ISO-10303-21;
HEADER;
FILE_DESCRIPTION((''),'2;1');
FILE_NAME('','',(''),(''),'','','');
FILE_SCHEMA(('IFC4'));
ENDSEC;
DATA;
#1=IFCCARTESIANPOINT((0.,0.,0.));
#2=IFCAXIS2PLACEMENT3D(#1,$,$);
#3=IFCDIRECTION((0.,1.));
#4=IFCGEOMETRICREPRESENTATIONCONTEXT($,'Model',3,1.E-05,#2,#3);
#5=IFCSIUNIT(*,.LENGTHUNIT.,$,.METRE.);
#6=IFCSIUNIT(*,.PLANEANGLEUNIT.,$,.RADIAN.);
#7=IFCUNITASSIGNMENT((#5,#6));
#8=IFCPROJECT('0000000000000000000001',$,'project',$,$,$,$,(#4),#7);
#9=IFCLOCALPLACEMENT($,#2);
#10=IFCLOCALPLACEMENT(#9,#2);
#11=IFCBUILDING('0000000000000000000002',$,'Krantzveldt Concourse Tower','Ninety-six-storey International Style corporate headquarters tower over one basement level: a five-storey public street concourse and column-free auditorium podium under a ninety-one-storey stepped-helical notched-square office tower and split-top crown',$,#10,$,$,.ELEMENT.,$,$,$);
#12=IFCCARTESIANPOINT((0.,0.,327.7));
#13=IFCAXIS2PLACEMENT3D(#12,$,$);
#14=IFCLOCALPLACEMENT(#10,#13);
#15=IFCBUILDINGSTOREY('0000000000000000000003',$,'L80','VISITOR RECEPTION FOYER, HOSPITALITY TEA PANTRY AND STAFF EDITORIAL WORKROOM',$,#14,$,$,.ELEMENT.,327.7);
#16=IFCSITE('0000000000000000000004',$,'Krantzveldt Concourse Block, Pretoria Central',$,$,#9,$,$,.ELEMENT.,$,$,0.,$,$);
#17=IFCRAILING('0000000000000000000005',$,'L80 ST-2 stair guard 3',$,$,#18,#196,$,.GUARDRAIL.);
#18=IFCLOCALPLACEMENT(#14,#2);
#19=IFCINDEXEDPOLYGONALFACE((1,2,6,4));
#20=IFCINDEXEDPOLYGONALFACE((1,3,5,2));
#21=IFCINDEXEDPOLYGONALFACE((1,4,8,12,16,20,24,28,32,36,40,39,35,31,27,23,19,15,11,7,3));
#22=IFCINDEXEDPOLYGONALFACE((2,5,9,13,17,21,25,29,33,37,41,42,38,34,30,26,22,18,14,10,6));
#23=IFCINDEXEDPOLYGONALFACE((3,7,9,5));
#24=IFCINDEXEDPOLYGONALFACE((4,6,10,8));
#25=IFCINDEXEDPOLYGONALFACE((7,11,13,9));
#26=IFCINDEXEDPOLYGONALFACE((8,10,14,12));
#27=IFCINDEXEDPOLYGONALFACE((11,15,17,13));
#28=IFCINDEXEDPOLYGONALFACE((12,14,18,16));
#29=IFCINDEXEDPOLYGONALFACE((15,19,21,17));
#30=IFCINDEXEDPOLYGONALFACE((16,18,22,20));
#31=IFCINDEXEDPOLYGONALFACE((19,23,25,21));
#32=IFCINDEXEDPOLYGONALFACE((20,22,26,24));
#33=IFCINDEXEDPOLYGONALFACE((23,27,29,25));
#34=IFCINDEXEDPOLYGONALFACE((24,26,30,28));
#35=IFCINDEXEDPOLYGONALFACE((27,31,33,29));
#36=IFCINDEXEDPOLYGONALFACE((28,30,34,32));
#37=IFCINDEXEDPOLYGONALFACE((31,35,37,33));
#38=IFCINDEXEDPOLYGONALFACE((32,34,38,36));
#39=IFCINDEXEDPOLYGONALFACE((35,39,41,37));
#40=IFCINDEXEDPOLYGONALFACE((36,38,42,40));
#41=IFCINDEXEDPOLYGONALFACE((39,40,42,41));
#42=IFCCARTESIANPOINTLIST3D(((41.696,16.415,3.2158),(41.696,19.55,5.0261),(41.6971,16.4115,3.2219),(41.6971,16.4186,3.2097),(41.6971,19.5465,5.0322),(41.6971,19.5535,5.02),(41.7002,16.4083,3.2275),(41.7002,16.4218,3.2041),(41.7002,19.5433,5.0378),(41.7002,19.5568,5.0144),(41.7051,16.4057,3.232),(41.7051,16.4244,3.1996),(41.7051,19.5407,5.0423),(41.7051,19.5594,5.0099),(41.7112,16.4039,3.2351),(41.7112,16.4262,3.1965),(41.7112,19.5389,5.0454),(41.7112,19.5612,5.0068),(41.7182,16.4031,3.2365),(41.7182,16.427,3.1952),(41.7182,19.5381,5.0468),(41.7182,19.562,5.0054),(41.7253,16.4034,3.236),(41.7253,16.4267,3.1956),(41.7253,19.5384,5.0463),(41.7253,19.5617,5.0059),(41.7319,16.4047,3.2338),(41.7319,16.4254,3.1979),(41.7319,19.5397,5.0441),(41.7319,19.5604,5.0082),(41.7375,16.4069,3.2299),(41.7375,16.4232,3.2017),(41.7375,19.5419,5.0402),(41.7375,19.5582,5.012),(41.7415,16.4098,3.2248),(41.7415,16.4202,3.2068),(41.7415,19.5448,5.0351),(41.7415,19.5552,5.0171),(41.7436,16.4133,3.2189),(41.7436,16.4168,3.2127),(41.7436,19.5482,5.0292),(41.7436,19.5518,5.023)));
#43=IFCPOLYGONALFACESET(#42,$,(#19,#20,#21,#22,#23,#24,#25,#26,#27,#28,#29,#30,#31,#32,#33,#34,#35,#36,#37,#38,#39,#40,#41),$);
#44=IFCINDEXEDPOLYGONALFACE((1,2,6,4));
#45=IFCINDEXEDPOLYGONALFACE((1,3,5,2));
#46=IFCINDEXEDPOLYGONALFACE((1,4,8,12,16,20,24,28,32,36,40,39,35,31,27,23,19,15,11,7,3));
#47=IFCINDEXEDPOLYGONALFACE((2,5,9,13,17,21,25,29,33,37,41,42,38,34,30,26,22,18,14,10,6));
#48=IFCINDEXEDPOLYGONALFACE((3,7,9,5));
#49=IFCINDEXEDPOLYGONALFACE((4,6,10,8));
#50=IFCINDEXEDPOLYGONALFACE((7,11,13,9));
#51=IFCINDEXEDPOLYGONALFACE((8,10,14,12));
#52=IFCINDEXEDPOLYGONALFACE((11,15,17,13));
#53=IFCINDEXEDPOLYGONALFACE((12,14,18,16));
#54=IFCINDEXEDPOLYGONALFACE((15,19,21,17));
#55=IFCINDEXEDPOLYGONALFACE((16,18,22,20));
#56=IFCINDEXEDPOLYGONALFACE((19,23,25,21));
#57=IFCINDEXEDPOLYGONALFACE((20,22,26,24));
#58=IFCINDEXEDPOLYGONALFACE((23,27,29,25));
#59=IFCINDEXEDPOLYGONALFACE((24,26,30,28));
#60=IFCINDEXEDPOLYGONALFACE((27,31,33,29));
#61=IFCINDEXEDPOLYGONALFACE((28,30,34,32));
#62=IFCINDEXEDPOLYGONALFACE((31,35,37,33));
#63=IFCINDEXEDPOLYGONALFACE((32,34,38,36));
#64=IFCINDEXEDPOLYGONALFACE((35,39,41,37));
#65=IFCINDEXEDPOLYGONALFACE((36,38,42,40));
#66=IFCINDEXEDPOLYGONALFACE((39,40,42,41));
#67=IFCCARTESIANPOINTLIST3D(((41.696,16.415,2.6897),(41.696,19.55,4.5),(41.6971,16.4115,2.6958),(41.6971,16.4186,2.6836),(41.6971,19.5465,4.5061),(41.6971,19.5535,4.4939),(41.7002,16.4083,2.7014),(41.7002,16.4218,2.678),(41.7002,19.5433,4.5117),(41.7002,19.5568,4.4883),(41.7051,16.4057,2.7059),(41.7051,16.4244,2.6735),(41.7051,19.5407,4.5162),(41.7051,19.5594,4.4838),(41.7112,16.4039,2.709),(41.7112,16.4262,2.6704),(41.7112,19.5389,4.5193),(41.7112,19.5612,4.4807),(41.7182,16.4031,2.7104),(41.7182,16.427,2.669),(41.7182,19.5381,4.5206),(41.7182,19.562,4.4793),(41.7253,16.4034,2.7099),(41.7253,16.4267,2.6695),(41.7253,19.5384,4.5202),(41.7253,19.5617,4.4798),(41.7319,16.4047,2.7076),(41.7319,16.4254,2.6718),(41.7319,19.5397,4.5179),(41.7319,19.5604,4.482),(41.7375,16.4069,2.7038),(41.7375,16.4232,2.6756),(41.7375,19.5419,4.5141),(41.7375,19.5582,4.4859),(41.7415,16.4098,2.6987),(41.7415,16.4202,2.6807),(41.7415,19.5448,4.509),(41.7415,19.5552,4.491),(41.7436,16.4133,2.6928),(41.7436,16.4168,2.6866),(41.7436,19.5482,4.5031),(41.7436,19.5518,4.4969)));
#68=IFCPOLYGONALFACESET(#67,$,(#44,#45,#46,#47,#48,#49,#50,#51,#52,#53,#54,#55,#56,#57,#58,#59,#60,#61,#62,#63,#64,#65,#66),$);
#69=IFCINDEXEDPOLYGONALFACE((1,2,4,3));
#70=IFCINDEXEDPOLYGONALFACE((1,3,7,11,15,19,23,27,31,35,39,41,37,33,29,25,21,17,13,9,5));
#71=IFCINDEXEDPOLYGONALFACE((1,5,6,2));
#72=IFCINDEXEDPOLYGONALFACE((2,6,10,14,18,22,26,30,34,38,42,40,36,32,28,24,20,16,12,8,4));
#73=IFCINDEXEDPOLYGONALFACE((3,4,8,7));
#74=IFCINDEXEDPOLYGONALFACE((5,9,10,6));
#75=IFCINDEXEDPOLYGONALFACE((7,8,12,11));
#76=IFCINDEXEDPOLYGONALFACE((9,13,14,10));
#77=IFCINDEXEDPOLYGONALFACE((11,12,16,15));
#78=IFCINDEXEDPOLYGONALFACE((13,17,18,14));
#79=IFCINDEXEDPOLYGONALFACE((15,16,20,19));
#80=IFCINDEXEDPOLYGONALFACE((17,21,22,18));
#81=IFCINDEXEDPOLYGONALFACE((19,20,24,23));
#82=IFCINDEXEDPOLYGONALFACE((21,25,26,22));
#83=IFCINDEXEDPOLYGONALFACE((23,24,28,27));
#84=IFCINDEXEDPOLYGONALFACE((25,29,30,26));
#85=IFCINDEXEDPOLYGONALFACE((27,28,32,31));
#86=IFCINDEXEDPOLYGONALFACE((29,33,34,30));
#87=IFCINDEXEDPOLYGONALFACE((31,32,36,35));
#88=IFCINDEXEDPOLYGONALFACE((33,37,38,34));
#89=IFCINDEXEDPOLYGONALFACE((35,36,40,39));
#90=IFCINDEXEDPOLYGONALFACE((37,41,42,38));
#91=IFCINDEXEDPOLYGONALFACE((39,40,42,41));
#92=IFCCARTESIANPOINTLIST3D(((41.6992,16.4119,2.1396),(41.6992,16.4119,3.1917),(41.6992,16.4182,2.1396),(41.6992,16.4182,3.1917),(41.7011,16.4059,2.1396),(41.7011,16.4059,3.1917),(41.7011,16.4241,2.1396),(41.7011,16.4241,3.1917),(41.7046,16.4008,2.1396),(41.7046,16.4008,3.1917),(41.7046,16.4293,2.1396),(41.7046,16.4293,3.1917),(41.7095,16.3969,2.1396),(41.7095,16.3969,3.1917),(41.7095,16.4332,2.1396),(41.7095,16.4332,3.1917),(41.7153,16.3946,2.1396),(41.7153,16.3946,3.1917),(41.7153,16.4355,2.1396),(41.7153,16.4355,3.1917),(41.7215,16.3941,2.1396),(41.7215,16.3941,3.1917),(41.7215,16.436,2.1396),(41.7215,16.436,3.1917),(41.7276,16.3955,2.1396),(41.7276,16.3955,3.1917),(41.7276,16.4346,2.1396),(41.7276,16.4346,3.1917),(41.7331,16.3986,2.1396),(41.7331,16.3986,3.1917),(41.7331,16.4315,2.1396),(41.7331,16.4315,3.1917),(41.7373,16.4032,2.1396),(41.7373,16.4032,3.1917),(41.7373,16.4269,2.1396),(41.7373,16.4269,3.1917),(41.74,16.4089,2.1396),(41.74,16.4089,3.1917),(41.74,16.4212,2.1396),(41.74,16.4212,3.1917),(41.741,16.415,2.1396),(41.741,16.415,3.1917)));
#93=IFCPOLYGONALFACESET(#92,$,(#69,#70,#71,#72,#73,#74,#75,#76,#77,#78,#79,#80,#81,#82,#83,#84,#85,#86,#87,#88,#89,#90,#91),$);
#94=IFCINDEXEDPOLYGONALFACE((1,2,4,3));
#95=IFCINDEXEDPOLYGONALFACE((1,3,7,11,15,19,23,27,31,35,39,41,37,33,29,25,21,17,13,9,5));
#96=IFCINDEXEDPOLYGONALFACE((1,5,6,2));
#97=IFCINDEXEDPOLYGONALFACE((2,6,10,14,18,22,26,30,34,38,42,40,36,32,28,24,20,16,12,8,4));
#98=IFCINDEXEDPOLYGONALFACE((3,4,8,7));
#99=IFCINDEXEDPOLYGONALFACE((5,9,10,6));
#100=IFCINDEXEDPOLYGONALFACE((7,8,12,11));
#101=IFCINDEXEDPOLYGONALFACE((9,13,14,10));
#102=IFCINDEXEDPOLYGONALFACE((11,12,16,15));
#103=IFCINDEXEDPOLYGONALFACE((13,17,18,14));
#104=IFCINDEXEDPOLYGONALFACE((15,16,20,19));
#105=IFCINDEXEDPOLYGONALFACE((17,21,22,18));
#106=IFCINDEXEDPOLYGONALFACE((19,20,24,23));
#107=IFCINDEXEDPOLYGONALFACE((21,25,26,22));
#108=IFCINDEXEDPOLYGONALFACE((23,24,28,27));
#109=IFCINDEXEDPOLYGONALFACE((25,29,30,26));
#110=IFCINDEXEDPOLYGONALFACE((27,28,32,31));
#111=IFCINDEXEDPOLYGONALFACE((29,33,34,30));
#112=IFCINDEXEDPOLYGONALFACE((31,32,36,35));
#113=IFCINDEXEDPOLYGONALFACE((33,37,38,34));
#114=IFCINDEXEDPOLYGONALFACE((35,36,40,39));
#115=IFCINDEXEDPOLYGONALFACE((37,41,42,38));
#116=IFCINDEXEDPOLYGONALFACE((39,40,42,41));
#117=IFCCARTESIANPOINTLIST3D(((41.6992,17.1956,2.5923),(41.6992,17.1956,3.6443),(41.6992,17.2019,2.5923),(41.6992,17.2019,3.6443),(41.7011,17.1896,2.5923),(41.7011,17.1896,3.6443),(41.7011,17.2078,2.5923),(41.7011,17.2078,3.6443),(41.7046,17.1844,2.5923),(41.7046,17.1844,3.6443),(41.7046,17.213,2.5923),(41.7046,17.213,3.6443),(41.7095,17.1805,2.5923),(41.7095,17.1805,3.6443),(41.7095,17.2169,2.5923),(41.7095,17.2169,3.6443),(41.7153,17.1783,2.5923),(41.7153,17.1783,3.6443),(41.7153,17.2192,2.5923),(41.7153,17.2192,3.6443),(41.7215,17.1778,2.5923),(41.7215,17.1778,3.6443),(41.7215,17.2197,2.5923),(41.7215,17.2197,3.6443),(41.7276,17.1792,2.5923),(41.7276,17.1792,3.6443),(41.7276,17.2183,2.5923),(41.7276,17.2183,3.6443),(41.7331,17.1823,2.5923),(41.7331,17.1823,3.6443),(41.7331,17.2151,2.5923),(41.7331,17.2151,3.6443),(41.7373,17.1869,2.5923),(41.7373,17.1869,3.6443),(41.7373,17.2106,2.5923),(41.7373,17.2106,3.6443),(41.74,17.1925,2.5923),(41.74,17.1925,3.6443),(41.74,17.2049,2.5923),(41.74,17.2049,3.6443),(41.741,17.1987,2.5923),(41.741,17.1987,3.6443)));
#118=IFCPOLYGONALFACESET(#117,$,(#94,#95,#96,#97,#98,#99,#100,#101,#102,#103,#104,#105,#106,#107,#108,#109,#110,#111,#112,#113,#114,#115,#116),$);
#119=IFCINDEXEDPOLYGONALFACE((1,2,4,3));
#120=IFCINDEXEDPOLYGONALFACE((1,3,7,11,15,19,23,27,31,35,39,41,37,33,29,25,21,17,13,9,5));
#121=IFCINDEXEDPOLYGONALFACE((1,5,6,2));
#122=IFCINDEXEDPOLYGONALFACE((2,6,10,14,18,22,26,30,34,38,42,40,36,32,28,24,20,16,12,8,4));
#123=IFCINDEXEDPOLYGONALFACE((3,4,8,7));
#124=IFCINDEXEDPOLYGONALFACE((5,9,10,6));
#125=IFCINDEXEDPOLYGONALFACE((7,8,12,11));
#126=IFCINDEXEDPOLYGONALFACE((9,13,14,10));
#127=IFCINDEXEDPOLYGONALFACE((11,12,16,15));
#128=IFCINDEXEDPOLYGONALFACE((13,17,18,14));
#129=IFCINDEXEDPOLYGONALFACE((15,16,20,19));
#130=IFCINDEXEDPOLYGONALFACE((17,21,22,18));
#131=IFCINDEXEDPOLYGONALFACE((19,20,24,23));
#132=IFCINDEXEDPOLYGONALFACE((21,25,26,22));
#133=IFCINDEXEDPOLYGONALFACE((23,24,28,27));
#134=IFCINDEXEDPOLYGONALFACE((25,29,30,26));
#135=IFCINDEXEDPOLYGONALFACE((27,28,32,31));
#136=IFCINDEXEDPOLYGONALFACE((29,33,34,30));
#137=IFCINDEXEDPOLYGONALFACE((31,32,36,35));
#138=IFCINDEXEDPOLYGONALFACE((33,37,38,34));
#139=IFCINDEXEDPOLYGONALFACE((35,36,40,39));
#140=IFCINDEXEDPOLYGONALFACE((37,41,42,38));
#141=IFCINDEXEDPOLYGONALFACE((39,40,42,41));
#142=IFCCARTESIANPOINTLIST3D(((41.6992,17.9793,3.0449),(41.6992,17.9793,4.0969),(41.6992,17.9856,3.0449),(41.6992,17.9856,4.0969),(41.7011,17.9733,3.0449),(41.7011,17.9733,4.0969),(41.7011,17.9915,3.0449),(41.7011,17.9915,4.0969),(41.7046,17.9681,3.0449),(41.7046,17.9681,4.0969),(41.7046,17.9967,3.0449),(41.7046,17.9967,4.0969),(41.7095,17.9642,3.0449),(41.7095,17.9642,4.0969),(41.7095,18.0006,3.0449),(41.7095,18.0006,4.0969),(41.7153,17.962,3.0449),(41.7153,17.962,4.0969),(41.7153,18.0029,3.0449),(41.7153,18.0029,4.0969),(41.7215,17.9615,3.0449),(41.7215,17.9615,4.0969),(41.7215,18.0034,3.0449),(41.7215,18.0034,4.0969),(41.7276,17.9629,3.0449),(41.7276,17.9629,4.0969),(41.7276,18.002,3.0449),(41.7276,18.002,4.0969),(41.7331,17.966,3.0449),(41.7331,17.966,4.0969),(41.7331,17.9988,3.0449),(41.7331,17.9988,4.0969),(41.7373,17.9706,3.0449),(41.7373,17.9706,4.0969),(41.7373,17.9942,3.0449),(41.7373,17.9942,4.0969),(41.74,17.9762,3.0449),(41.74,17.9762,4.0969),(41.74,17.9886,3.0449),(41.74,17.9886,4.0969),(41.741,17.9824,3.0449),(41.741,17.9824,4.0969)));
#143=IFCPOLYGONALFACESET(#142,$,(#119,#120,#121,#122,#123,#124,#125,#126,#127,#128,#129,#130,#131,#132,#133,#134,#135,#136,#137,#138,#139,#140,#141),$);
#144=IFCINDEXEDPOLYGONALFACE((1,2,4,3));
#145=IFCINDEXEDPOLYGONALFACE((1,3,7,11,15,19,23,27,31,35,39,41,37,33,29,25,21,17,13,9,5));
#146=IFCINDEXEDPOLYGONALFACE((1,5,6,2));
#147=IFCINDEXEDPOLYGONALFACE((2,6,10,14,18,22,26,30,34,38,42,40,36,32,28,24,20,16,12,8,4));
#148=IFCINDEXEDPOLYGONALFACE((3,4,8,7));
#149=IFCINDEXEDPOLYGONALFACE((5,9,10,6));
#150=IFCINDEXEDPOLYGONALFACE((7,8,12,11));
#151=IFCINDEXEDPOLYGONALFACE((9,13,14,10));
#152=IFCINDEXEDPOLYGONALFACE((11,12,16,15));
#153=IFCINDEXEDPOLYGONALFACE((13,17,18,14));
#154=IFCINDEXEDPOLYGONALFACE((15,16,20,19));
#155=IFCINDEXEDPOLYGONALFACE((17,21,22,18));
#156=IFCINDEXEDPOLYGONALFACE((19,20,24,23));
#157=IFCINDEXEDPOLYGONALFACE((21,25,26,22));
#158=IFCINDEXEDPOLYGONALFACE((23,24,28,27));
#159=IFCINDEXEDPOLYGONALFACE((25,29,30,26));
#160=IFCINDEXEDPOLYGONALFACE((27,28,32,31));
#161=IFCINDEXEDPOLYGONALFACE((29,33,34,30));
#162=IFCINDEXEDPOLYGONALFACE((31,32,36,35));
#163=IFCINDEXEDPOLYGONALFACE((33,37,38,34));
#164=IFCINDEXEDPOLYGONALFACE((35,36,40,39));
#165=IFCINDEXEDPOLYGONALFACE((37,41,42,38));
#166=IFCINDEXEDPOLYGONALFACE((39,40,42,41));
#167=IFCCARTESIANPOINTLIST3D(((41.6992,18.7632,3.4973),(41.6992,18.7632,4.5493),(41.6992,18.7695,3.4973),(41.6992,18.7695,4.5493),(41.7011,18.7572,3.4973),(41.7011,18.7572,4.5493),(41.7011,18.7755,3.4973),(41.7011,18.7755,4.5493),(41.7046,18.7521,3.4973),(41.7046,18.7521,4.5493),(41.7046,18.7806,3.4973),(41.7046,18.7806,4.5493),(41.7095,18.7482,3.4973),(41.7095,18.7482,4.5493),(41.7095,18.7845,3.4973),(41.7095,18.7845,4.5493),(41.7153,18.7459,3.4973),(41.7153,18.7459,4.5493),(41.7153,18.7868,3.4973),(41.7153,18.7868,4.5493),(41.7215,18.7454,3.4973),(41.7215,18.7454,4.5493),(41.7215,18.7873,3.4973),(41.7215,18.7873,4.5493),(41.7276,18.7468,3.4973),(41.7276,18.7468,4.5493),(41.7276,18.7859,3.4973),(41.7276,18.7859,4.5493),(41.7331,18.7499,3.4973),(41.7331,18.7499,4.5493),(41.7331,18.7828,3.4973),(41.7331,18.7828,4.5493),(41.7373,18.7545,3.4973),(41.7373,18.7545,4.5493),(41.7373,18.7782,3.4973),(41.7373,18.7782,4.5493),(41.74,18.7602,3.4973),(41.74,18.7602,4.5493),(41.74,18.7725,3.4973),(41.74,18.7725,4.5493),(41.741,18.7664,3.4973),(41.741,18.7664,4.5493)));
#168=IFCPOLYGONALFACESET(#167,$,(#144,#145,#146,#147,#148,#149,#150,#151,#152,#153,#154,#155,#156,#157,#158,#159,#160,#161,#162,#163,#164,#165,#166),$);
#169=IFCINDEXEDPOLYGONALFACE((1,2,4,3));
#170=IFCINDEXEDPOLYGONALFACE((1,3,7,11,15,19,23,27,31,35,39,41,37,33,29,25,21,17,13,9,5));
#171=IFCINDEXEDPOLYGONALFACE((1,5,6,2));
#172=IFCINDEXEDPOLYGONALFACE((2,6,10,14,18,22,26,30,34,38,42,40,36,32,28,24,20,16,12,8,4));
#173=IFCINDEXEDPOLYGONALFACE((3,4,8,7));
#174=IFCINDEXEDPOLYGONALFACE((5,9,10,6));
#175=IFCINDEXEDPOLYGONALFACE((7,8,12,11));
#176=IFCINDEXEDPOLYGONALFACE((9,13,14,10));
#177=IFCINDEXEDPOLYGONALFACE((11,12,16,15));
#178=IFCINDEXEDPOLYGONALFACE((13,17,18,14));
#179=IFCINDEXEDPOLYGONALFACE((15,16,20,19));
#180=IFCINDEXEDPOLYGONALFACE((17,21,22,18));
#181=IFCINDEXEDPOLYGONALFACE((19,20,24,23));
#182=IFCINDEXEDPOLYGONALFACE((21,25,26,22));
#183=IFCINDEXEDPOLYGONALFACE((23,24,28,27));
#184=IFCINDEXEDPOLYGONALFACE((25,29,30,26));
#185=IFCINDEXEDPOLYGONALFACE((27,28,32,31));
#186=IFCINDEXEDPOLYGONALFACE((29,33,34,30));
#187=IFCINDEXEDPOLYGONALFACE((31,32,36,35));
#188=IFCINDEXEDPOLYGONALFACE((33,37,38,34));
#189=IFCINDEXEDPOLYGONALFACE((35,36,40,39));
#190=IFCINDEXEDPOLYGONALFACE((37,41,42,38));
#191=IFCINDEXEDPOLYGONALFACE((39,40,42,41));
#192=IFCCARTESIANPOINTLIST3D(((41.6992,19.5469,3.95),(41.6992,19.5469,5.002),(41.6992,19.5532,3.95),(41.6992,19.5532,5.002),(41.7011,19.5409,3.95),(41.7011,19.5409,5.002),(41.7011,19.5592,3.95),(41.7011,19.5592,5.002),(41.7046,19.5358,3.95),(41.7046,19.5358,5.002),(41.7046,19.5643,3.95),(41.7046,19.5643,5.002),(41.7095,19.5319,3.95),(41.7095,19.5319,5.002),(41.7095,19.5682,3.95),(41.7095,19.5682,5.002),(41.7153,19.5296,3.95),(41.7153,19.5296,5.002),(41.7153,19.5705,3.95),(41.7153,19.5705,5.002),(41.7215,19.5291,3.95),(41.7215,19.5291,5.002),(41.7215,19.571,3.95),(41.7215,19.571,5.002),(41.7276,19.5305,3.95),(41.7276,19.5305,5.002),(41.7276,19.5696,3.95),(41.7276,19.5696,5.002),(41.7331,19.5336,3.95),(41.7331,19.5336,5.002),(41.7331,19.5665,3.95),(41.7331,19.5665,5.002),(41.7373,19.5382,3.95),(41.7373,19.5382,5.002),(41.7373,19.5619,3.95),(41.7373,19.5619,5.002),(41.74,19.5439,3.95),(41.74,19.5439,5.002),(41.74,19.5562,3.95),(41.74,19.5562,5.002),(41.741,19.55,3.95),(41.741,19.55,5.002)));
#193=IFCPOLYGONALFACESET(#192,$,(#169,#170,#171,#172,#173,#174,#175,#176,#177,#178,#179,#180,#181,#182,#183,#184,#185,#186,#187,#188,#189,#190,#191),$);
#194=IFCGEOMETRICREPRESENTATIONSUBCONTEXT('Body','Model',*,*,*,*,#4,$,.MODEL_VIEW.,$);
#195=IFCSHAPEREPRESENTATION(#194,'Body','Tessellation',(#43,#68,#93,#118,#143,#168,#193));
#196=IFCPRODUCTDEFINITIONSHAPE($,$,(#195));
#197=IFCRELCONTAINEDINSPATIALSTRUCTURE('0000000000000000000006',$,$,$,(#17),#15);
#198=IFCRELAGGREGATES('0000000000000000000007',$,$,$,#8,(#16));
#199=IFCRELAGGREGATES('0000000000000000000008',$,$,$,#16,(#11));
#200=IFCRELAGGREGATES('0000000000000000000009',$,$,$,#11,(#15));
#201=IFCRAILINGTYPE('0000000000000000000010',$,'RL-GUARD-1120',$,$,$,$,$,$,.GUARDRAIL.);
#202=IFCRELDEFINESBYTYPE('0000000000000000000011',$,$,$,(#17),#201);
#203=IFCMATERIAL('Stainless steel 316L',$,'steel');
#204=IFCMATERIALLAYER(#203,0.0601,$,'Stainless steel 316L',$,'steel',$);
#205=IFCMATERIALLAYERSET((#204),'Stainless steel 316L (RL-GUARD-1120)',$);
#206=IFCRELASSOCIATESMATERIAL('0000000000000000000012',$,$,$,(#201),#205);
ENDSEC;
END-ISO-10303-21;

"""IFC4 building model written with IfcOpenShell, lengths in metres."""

from ifc_helpers import new_model, si_unit, direction, frame, origin, origin_2d, place, context, subcontext, project, spatial, circle, extrude, material, layer, layer_set, type_object, element, save


model = new_model("IFC4")

# Units and contexts
model_context = context("Model", 3, precision=1e-05, world=origin(), true_north=direction((0.0, 1.0)))
body_context = subcontext(model_context, "Body", "Model", "MODEL_VIEW")
ifc_project = project(units=[si_unit("LENGTHUNIT", "METRE"), si_unit("PLANEANGLEUNIT", "RADIAN")], contexts=[model_context])

# Site, building, storey
site_placement = place(None, origin())
site = spatial("IfcSite", under=ifc_project, at=site_placement, Name="Krantzveldt Concourse Block, Pretoria Central", CompositionType="ELEMENT", RefElevation=0.0)
building_placement = place(site_placement, origin())
building = spatial("IfcBuilding", under=site, at=building_placement, Name="Krantzveldt Concourse Tower", Description="Ninety-six-storey International Style corporate headquarters tower over one basement level: a five-storey public street concourse and column-free auditorium podium under a ninety-one-storey stepped-helical notched-square office tower and split-top crown", CompositionType="ELEMENT")
storey_placement = place(building_placement, frame((0.0, 0.0, 327.7)))
storey = spatial("IfcBuildingStorey", under=building, at=storey_placement, Name="L80", Description="VISITOR RECEPTION FOYER, HOSPITALITY TEA PANTRY AND STAFF EDITORIAL WORKROOM", CompositionType="ELEMENT", Elevation=327.7)

# Shared definitions
ifc_material_1 = material(Name="Stainless steel 316L", Category="steel")

# Railing
ifc_layer_1 = layer(ifc_material_1, 0.0601, Name="Stainless steel 316L", Category="steel")
ifc_layer_set_1 = layer_set([ifc_layer_1], Name="Stainless steel 316L (RL-GUARD-1120)")
railing_type = type_object("IfcRailingType", Name="RL-GUARD-1120", PredefinedType="GUARDRAIL", material=ifc_layer_set_1)
railing_1_placement = place(storey_placement, frame((41.72, 16.415, 2.1396)))
element("IfcRailing", 1, at=railing_1_placement, inside=storey, type_object=railing_type, Name="L80 ST-2 stair guard 3", PredefinedType="GUARDRAIL", context=body_context, shape_type="SweptSolid", body=[
    extrude(circle(Radius=0.0239, at=origin_2d()), frame((0.0, 0.0, 1.0762), z_axis=(0.0, 0.865989, 0.500063), x_axis=(-1.0, 0.0, 0.0)), (0.0, 0.0, 1.0), 3.6201),
    extrude(circle(Radius=0.0239, at=origin_2d()), frame((0.0, 0.0, 0.55), z_axis=(0.0, 0.865989, 0.500063), x_axis=(-1.0, 0.0, 0.0)), (0.0, 0.0, 1.0), 3.6201),
    extrude(circle(Radius=0.021, at=origin_2d()), origin(), (0.0, 0.0, 1.0), 1.052),
    extrude(circle(Radius=0.021, at=origin_2d()), frame((0.0, 0.7837, 0.4526)), (0.0, 0.0, 1.0), 1.052),
    extrude(circle(Radius=0.021, at=origin_2d()), frame((0.0, 1.5674, 0.9053)), (0.0, 0.0, 1.0), 1.052),
    extrude(circle(Radius=0.021, at=origin_2d()), frame((0.0, 2.3513, 1.3577)), (0.0, 0.0, 1.0), 1.052),
    extrude(circle(Radius=0.021, at=origin_2d()), frame((0.0, 3.135, 1.8103)), (0.0, 0.0, 1.0), 1.052),
])

save(model, "model.ifc")
